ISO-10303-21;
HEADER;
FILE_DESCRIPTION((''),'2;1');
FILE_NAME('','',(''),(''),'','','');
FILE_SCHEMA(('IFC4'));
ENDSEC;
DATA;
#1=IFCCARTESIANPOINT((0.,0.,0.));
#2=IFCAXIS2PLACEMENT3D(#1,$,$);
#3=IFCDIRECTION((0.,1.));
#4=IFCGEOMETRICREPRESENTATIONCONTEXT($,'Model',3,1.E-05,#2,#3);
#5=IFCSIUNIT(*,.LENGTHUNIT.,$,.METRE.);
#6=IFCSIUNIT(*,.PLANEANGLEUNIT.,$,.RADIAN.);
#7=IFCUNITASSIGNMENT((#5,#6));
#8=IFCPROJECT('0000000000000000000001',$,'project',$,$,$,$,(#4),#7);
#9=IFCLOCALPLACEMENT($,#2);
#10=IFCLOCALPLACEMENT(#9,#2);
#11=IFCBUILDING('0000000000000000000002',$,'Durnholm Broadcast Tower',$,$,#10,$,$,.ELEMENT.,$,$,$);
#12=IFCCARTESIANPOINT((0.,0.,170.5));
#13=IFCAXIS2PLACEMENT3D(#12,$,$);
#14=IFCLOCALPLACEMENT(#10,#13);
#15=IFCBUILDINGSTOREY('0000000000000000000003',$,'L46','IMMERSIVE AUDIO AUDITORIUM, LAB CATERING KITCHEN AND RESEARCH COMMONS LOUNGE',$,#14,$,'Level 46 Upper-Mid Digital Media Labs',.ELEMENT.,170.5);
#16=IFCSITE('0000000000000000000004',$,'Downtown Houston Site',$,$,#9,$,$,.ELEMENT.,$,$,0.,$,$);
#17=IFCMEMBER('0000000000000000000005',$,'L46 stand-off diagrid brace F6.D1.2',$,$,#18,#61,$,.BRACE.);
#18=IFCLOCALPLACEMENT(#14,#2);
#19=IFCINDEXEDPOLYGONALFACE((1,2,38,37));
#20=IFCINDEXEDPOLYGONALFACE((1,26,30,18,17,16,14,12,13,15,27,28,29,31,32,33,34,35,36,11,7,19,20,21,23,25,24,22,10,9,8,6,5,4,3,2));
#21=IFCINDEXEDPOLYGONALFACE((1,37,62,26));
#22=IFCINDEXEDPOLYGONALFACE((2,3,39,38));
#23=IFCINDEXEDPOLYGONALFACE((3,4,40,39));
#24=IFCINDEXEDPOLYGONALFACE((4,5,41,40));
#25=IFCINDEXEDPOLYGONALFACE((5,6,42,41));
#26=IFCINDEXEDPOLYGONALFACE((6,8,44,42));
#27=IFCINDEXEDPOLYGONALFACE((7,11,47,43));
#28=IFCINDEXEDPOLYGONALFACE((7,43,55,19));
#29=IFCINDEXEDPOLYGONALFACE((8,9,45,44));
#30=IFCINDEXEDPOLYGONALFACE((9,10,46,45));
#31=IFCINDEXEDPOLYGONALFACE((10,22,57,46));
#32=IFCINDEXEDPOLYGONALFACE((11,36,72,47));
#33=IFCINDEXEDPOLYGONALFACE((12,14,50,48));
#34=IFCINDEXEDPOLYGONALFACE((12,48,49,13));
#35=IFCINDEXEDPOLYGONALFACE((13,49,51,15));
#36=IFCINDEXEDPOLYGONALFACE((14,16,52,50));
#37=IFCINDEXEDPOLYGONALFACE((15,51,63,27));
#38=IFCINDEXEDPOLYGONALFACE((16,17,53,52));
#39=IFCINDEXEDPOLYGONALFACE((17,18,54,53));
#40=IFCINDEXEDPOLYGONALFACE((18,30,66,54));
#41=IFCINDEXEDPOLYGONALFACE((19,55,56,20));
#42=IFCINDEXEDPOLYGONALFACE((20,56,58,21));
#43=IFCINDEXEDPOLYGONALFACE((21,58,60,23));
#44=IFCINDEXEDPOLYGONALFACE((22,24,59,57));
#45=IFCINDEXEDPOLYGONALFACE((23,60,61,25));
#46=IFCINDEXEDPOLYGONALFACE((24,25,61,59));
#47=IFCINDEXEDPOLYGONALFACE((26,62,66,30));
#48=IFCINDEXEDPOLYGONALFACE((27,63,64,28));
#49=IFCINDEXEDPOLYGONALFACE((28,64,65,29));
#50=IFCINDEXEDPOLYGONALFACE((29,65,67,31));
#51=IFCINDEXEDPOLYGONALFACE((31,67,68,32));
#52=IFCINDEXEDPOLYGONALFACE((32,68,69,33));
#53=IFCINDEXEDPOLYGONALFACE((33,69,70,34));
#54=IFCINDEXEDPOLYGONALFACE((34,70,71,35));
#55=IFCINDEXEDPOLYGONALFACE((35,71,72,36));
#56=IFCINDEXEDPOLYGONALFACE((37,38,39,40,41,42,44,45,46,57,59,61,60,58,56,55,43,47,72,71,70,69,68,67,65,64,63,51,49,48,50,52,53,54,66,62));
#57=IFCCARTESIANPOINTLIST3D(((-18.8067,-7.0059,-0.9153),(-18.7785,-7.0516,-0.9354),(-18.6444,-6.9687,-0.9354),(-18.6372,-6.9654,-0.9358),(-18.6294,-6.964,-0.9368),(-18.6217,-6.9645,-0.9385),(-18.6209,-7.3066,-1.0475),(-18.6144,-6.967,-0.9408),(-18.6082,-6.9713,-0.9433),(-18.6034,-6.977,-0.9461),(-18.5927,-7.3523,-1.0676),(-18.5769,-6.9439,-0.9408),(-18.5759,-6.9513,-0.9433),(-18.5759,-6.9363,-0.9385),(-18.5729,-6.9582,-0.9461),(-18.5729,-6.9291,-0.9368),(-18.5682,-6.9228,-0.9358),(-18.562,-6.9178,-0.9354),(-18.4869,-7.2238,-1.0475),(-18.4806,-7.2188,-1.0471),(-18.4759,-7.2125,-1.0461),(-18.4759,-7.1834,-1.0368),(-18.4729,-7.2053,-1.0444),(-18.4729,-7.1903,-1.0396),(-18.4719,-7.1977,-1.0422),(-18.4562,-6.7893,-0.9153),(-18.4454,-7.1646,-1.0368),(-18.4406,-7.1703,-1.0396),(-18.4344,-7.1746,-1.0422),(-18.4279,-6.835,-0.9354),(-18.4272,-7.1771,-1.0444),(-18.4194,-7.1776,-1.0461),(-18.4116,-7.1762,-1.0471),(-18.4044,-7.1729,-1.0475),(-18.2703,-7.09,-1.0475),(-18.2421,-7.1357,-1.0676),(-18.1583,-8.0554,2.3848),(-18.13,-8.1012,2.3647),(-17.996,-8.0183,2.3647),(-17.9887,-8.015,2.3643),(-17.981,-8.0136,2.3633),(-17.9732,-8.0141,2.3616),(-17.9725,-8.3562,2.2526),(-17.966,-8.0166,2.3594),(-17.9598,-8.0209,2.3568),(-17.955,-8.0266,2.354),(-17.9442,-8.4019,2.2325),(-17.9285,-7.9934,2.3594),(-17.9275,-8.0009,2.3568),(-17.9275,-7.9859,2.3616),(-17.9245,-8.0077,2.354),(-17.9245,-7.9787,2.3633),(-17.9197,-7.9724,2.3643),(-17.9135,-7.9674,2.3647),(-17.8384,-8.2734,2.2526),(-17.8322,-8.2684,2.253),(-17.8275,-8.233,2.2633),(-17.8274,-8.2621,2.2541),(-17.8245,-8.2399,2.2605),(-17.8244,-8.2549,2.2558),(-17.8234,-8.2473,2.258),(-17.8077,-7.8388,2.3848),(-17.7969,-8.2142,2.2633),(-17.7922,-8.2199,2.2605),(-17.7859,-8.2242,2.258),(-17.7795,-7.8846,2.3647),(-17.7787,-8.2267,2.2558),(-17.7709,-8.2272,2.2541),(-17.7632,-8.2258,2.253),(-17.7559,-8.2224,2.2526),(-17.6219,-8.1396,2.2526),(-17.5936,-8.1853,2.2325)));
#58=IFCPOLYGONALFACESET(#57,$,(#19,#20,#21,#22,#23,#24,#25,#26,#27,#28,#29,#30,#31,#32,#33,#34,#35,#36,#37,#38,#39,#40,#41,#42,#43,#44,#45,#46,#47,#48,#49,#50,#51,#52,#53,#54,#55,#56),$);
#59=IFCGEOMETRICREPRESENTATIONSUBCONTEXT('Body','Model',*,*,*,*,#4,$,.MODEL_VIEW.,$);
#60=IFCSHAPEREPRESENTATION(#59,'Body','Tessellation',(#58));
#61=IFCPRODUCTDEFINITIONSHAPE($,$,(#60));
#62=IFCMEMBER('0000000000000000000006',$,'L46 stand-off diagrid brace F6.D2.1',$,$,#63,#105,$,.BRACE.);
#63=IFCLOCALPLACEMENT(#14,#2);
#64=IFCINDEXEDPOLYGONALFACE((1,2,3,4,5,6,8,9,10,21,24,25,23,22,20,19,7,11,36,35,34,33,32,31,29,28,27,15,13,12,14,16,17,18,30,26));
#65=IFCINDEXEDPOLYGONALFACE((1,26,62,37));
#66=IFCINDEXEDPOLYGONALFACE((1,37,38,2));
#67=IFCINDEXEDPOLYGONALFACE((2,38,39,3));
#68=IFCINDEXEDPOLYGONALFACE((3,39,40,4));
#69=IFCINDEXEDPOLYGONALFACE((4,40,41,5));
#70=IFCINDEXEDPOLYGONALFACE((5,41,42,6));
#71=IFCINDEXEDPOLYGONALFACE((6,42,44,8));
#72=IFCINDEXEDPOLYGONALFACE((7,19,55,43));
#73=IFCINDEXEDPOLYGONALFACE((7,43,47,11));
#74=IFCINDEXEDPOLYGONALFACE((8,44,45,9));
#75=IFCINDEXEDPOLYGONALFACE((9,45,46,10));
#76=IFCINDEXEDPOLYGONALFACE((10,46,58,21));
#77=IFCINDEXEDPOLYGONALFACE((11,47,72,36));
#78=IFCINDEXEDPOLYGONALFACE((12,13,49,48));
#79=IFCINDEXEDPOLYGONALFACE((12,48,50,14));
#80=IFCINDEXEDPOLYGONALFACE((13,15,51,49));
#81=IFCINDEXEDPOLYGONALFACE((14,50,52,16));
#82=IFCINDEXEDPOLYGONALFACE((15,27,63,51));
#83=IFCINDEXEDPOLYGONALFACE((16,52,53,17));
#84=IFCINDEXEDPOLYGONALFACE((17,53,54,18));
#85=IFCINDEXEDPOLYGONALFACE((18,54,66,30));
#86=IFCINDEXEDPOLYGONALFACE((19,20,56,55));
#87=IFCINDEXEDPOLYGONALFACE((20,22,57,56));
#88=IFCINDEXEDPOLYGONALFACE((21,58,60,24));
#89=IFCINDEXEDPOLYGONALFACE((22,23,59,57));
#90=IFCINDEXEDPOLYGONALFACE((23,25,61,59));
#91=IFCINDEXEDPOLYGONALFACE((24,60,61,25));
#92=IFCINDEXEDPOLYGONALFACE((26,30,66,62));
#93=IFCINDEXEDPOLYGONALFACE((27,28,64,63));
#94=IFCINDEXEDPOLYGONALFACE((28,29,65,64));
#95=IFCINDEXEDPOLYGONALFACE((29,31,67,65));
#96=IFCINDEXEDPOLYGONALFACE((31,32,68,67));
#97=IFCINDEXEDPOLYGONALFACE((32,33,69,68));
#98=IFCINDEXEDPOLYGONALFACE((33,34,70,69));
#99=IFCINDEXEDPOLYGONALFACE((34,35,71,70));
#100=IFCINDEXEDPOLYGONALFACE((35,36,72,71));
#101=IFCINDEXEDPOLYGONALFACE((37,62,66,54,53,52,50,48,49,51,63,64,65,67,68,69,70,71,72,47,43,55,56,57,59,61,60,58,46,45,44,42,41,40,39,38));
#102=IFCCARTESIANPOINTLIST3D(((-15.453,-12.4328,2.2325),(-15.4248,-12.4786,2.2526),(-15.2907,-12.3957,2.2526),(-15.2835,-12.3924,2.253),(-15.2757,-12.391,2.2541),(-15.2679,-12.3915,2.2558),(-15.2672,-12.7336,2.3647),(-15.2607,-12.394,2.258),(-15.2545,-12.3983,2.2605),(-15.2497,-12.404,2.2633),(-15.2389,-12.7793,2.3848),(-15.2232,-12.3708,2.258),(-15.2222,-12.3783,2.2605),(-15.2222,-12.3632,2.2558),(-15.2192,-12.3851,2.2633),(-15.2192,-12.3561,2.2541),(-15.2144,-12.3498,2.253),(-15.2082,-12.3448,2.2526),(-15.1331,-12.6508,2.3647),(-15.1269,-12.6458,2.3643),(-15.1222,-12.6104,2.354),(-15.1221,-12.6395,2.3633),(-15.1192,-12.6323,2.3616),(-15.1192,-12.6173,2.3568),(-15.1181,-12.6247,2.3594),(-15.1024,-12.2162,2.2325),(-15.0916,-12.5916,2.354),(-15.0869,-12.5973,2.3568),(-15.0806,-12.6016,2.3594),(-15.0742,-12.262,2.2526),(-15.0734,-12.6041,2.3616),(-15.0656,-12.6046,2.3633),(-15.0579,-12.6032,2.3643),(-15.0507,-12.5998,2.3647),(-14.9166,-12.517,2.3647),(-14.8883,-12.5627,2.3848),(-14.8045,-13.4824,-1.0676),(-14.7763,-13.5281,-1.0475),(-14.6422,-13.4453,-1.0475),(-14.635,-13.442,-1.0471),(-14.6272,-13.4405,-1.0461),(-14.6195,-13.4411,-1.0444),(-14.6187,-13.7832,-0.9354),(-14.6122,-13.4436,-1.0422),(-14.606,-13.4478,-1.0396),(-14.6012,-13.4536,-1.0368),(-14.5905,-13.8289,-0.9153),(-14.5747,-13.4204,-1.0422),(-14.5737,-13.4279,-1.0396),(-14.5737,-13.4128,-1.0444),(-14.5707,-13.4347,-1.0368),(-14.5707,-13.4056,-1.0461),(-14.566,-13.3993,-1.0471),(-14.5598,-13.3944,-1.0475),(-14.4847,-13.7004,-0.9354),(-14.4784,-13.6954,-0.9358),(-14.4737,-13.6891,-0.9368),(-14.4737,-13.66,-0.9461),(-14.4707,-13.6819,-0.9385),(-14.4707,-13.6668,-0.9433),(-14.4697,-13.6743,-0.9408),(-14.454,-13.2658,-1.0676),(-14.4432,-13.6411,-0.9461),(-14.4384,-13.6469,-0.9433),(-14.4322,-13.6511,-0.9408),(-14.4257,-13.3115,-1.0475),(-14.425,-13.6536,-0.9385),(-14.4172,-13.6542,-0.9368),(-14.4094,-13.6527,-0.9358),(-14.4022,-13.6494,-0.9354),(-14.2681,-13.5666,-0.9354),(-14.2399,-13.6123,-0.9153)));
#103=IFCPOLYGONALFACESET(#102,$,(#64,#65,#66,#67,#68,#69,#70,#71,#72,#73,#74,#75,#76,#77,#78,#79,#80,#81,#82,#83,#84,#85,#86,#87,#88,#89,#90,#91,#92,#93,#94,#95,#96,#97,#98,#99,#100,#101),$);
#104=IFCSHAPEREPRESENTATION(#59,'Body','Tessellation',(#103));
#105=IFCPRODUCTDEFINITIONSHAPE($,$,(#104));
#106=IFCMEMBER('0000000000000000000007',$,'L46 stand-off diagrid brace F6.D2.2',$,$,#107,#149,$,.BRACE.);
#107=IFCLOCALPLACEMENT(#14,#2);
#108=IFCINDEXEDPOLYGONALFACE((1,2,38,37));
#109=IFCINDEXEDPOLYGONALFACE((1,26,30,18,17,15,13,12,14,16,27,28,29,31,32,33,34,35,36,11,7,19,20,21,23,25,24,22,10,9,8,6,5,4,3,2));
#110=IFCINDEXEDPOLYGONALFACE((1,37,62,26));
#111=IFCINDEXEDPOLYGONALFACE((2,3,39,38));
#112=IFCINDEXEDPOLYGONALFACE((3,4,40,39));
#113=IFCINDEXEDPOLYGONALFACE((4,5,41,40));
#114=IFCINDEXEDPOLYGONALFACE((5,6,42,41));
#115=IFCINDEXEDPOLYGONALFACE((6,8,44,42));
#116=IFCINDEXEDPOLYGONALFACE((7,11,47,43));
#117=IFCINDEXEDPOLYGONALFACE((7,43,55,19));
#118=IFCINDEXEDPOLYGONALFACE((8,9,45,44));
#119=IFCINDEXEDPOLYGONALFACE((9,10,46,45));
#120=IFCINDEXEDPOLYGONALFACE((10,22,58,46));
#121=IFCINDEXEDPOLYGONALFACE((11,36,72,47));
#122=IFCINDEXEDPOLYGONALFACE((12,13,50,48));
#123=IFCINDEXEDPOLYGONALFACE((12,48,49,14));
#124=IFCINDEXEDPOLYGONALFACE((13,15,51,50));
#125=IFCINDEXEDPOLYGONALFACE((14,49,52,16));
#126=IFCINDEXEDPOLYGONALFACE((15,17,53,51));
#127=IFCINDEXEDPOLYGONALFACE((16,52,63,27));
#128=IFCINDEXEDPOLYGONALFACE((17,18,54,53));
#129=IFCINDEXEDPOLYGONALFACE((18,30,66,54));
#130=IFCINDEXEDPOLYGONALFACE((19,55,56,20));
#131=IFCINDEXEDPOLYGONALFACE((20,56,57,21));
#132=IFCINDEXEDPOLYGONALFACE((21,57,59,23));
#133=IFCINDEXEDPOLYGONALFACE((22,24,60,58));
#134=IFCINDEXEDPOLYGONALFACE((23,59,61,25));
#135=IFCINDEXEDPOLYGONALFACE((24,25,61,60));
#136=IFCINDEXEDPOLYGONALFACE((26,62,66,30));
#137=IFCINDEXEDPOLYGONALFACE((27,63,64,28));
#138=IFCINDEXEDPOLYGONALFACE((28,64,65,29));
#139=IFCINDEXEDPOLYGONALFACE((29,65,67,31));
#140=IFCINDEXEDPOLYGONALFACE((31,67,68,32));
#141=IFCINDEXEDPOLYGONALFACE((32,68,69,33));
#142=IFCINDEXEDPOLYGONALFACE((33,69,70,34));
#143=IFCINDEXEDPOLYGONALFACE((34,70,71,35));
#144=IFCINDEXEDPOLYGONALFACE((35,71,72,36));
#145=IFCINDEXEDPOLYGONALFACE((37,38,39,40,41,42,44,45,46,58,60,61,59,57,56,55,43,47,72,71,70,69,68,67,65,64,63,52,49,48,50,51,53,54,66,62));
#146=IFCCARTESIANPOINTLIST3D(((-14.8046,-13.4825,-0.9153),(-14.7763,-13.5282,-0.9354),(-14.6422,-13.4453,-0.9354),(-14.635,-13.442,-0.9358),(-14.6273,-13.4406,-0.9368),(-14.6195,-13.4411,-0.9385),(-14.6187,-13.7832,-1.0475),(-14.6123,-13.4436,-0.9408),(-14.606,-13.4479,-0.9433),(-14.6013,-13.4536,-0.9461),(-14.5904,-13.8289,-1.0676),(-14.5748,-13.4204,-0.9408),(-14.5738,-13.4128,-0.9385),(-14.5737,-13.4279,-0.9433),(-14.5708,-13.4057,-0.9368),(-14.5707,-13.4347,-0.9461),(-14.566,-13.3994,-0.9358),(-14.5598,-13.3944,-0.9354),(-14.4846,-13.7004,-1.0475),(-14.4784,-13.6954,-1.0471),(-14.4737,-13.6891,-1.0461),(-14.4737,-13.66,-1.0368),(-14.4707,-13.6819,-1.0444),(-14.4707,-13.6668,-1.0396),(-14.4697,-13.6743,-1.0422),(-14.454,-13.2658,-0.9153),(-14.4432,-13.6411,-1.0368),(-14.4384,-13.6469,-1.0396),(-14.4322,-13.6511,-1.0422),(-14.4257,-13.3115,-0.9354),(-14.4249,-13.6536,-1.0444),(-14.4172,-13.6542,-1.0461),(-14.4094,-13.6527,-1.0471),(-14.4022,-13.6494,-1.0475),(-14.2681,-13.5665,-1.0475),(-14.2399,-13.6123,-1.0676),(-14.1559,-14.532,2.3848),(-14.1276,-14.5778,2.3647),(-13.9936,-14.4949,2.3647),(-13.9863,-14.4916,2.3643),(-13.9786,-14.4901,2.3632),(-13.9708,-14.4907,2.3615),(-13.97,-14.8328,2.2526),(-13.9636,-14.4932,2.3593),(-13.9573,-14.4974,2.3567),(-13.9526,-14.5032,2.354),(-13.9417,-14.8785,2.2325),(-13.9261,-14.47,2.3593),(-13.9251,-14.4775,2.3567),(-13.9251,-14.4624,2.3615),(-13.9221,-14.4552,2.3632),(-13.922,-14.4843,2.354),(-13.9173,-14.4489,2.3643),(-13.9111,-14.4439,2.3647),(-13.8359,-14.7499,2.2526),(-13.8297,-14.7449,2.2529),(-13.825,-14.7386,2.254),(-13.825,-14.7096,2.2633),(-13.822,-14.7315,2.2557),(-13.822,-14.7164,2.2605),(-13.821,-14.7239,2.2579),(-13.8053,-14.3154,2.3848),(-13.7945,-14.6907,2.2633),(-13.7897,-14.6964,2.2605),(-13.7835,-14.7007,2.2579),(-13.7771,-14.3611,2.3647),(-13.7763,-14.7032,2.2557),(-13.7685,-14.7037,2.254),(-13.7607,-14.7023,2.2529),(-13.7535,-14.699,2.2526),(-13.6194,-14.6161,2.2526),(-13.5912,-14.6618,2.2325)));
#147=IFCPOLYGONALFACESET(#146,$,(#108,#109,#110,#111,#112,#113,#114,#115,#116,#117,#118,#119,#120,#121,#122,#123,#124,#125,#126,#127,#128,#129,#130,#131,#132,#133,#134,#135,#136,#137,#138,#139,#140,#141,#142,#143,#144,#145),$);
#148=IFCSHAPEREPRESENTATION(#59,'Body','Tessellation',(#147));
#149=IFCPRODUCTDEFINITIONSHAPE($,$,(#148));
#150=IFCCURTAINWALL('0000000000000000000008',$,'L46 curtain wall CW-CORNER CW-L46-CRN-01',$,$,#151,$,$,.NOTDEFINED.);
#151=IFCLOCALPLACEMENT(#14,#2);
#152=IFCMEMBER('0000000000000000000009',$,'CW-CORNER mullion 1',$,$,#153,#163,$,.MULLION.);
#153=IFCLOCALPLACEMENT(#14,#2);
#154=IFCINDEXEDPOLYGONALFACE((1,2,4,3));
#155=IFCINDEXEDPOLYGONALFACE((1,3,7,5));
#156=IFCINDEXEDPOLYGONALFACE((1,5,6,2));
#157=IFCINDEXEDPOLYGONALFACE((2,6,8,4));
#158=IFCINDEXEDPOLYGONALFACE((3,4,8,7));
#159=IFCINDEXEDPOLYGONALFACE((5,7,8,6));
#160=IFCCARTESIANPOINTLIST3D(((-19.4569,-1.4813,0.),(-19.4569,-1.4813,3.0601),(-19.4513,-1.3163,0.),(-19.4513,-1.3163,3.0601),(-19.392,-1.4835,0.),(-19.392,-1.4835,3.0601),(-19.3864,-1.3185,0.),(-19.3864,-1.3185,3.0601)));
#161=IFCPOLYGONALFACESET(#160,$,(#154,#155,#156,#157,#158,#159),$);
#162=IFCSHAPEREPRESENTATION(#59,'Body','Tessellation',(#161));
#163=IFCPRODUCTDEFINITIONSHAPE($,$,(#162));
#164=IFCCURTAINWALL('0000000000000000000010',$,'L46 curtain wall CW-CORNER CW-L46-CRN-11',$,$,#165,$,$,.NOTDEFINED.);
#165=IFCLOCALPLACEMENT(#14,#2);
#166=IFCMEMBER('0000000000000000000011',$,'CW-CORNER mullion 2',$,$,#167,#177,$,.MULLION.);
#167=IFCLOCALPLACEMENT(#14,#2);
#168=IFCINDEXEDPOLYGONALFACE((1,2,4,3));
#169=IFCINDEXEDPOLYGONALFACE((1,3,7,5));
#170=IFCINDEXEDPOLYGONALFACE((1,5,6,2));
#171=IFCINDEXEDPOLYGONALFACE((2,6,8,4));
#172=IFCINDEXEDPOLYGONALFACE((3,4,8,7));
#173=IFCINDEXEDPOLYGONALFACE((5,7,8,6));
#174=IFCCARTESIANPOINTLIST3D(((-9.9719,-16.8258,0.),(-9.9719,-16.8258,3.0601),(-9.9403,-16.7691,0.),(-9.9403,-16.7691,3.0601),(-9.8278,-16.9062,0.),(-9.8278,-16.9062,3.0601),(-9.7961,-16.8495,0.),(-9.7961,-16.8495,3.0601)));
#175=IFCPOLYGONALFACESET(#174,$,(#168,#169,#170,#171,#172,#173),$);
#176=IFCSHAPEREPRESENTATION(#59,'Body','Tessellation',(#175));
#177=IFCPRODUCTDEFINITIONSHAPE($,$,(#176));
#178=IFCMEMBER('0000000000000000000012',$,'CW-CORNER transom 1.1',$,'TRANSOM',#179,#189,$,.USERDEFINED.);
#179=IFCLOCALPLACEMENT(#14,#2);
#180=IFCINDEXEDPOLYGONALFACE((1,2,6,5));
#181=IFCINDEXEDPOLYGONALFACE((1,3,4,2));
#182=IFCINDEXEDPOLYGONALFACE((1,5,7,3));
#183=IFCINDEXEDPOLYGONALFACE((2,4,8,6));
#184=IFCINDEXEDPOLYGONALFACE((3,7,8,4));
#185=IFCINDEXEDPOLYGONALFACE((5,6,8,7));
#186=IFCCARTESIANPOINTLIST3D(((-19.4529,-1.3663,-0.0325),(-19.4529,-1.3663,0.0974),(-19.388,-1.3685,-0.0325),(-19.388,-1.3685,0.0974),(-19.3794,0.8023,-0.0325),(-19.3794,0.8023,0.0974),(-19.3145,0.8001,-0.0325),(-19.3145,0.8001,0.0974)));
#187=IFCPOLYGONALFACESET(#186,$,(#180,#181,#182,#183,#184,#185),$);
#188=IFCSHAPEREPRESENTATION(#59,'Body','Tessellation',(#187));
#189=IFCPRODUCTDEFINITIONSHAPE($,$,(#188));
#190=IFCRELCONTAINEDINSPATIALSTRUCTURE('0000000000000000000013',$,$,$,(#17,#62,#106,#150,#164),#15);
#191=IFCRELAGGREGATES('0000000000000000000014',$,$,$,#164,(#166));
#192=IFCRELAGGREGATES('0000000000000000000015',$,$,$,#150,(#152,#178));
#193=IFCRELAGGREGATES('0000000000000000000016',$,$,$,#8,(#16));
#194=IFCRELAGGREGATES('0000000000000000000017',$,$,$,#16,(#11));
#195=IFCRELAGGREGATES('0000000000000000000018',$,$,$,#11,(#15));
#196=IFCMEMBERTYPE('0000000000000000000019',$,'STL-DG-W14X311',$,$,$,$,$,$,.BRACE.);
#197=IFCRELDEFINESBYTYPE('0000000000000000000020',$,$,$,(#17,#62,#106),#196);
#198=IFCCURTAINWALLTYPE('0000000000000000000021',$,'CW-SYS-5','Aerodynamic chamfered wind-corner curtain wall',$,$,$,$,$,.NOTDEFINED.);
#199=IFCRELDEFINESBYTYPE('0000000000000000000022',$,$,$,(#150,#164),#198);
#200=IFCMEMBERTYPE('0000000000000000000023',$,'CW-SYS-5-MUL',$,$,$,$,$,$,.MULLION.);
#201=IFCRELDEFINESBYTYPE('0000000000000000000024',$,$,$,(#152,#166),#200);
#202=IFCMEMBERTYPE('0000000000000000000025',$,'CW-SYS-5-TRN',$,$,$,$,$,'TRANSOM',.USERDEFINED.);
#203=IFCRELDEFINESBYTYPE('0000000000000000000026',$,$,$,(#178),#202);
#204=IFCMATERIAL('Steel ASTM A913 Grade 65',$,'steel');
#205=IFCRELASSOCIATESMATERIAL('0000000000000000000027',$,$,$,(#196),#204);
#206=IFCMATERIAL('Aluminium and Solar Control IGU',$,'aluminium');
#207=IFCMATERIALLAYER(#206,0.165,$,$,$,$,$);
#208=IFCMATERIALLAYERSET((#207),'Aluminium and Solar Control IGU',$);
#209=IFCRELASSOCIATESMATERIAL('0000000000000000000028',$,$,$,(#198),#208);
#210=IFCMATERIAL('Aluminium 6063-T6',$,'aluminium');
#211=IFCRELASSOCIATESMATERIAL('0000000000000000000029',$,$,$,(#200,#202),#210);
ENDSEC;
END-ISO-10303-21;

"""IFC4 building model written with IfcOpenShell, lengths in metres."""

from ifc_helpers import new_model, si_unit, direction, frame, origin, origin_2d, place, context, subcontext, project, spatial, rectangle, i_section, extrude, source, transform, mapped, material, layer, layer_set, material_profile, profile_set, type_object, type_shapes, element, aggregate, save


model = new_model("IFC4")

# Units and contexts
model_context = context("Model", 3, precision=1e-05, world=origin(), true_north=direction((0.0, 1.0)))
body_context = subcontext(model_context, "Body", "Model", "MODEL_VIEW")
ifc_project = project(units=[si_unit("LENGTHUNIT", "METRE"), si_unit("PLANEANGLEUNIT", "RADIAN")], contexts=[model_context])

# Site, building, storey
site_placement = place(None, origin())
site = spatial("IfcSite", under=ifc_project, at=site_placement, Name="Downtown Houston Site", CompositionType="ELEMENT", RefElevation=0.0)
building_placement = place(site_placement, origin())
building = spatial("IfcBuilding", under=site, at=building_placement, Name="Durnholm Broadcast Tower", CompositionType="ELEMENT")
storey_placement = place(building_placement, frame((0.0, 0.0, 170.5)))
storey = spatial("IfcBuildingStorey", under=building, at=storey_placement, Name="L46", Description="IMMERSIVE AUDIO AUDITORIUM, LAB CATERING KITCHEN AND RESEARCH COMMONS LOUNGE", LongName="Level 46 Upper-Mid Digital Media Labs", CompositionType="ELEMENT", Elevation=170.5)

# Members
ifc_material_1 = material(Name="Steel ASTM A913 Grade 65", Category="steel")
ifc_material_profile_1 = material_profile(ifc_material_1, i_section(OverallWidth=0.4121, OverallDepth=0.4348, WebThickness=0.0359, FlangeThickness=0.0574, FilletRadius=0.0305, at=origin_2d()), Name="W14X311")
ifc_profile_set_1 = profile_set([ifc_material_profile_1], Name="Steel ASTM A913 Grade 65")
member_type_1 = type_object("IfcMemberType", Name="STL-DG-W14X311", PredefinedType="BRACE", material=ifc_profile_set_1)
shared_shape_1 = source(origin(), body_context, "Body", "SweptSolid", [
    extrude(i_section(OverallWidth=0.4121, OverallDepth=0.4348, WebThickness=0.0359, FlangeThickness=0.0574, FilletRadius=0.0305, at=origin_2d()), origin(), (0.0, 0.0, 1.0), 3.5232),
])
type_shapes(member_type_1, [shared_shape_1])
for number, where, z_axis, x_axis, name in (
    (1, (-18.5244, -7.0708, -0.9915), (0.184052, -0.297907, 0.936684), (0.850733, 0.525598, 0.0), "L46 stand-off diagrid brace F6.D1.2"),
    (2, (-14.5222, -13.5474, -0.9915), (-0.184052, 0.297907, 0.936684), (-0.850733, -0.525598, 0.0), "L46 stand-off diagrid brace F6.D2.1"),
    (3, (-14.5222, -13.5474, -0.9915), (0.184119, -0.297903, 0.936672), (0.850644, 0.525741, 0.0), "L46 stand-off diagrid brace F6.D2.2"),
):
    element("IfcMember", number, at=place(storey_placement, frame(where, z_axis=z_axis, x_axis=x_axis)), inside=storey, type_object=member_type_1, Name=name, PredefinedType="BRACE", context=body_context, shape_type="MappedRepresentation", body=[
        mapped(shared_shape_1, transform((0.0, 0.0, 0.0), x_axis=(1.0, 0.0, 0.0), y_axis=(0.0, 1.0, 0.0), z_axis=(0.0, 0.0, 1.0), scale=1.0)),
    ])

# Curtain walls, members
ifc_material_2 = material(Name="Aluminium and Solar Control IGU", Category="aluminium")
ifc_layer_1 = layer(ifc_material_2, 0.165)
ifc_layer_set_1 = layer_set([ifc_layer_1], Name="Aluminium and Solar Control IGU")
curtain_wall_type_1 = type_object("IfcCurtainWallType", Name="CW-SYS-5", Description="Aerodynamic chamfered wind-corner curtain wall", PredefinedType="NOTDEFINED", material=ifc_layer_set_1)
curtain_wall_1_placement = place(storey_placement, origin())
curtain_wall_1 = element("IfcCurtainWall", 4, at=curtain_wall_1_placement, inside=storey, type_object=curtain_wall_type_1, Name="L46 curtain wall CW-CORNER CW-L46-CRN-01", PredefinedType="NOTDEFINED")
ifc_material_3 = material(Name="Aluminium 6063-T6", Category="aluminium")
ifc_material_profile_2 = material_profile(ifc_material_3, rectangle(XDim=0.0649, YDim=0.165, at=origin_2d()), Name="CWM65X165")
ifc_profile_set_2 = profile_set([ifc_material_profile_2], Name="Aluminium 6063-T6")
member_type_2 = type_object("IfcMemberType", Name="CW-SYS-5-MUL", PredefinedType="MULLION", material=ifc_profile_set_2)
shared_shape_2 = source(origin(), body_context, "Body", "SweptSolid", [
    extrude(rectangle(XDim=0.0649, YDim=0.165, at=origin_2d()), origin(), (0.0, 0.0, 1.0), 3.0601),
])
type_shapes(member_type_2, [shared_shape_2])
member_1_placement = place(storey_placement, frame((-19.4216, -1.3999, 0.0), z_axis=(0.0, 0.0, 1.0), x_axis=(-0.999425, 0.033913, 0.0)))
member_1 = element("IfcMember", 5, at=member_1_placement, type_object=member_type_2, Name="CW-CORNER mullion 1", PredefinedType="MULLION", context=body_context, shape_type="MappedRepresentation", body=[
    mapped(shared_shape_2, transform((0.0, 0.0, 0.0), x_axis=(1.0, 0.0, 0.0), y_axis=(0.0, 1.0, 0.0), z_axis=(0.0, 0.0, 1.0), scale=1.0)),
])
curtain_wall_2_placement = place(storey_placement, origin())
curtain_wall_2 = element("IfcCurtainWall", 6, at=curtain_wall_2_placement, inside=storey, type_object=curtain_wall_type_1, Name="L46 curtain wall CW-CORNER CW-L46-CRN-11", PredefinedType="NOTDEFINED")
member_2_placement = place(storey_placement, frame((-9.884, -16.8376, 0.0), z_axis=(0.0, 0.0, 1.0), x_axis=(-0.486986, -0.87341, 0.0)))
member_2 = element("IfcMember", 7, at=member_2_placement, type_object=member_type_2, Name="CW-CORNER mullion 2", PredefinedType="MULLION", context=body_context, shape_type="MappedRepresentation", body=[
    mapped(shared_shape_2, transform((0.0, 0.0, 0.0), x_axis=(1.0, 0.0, 0.0), y_axis=(0.0, 1.0, 0.0), z_axis=(0.0, 0.0, 1.0), scale=1.0)),
])
aggregate(curtain_wall_2, [member_2])

# Member
ifc_material_profile_3 = material_profile(ifc_material_3, rectangle(XDim=0.0649, YDim=0.1299, at=origin_2d()), Name="CWT65X130")
ifc_profile_set_3 = profile_set([ifc_material_profile_3], Name="Aluminium 6063-T6")
member_type_3 = type_object("IfcMemberType", Name="CW-SYS-5-TRN", ElementType="TRANSOM", PredefinedType="USERDEFINED", material=ifc_profile_set_3)
shared_shape_3 = source(origin(), body_context, "Body", "SweptSolid", [
    extrude(rectangle(XDim=0.0649, YDim=0.1299, at=origin_2d()), origin(), (0.0, 0.0, 1.0), 2.1699),
])
type_shapes(member_type_3, [shared_shape_3])
member_3_placement = place(storey_placement, frame((-19.4204, -1.3674, 0.0325), z_axis=(0.033866, 0.999426, 0.0), x_axis=(-0.999426, 0.033866, 0.0)))
member_3 = element("IfcMember", 8, at=member_3_placement, type_object=member_type_3, Name="CW-CORNER transom 1.1", ObjectType="TRANSOM", PredefinedType="USERDEFINED", context=body_context, shape_type="MappedRepresentation", body=[
    mapped(shared_shape_3, transform((0.0, 0.0, 0.0), x_axis=(1.0, 0.0, 0.0), y_axis=(0.0, 1.0, 0.0), z_axis=(0.0, 0.0, 1.0), scale=1.0)),
])

aggregate(curtain_wall_1, [member_1, member_3])

save(model, "model.ifc")
